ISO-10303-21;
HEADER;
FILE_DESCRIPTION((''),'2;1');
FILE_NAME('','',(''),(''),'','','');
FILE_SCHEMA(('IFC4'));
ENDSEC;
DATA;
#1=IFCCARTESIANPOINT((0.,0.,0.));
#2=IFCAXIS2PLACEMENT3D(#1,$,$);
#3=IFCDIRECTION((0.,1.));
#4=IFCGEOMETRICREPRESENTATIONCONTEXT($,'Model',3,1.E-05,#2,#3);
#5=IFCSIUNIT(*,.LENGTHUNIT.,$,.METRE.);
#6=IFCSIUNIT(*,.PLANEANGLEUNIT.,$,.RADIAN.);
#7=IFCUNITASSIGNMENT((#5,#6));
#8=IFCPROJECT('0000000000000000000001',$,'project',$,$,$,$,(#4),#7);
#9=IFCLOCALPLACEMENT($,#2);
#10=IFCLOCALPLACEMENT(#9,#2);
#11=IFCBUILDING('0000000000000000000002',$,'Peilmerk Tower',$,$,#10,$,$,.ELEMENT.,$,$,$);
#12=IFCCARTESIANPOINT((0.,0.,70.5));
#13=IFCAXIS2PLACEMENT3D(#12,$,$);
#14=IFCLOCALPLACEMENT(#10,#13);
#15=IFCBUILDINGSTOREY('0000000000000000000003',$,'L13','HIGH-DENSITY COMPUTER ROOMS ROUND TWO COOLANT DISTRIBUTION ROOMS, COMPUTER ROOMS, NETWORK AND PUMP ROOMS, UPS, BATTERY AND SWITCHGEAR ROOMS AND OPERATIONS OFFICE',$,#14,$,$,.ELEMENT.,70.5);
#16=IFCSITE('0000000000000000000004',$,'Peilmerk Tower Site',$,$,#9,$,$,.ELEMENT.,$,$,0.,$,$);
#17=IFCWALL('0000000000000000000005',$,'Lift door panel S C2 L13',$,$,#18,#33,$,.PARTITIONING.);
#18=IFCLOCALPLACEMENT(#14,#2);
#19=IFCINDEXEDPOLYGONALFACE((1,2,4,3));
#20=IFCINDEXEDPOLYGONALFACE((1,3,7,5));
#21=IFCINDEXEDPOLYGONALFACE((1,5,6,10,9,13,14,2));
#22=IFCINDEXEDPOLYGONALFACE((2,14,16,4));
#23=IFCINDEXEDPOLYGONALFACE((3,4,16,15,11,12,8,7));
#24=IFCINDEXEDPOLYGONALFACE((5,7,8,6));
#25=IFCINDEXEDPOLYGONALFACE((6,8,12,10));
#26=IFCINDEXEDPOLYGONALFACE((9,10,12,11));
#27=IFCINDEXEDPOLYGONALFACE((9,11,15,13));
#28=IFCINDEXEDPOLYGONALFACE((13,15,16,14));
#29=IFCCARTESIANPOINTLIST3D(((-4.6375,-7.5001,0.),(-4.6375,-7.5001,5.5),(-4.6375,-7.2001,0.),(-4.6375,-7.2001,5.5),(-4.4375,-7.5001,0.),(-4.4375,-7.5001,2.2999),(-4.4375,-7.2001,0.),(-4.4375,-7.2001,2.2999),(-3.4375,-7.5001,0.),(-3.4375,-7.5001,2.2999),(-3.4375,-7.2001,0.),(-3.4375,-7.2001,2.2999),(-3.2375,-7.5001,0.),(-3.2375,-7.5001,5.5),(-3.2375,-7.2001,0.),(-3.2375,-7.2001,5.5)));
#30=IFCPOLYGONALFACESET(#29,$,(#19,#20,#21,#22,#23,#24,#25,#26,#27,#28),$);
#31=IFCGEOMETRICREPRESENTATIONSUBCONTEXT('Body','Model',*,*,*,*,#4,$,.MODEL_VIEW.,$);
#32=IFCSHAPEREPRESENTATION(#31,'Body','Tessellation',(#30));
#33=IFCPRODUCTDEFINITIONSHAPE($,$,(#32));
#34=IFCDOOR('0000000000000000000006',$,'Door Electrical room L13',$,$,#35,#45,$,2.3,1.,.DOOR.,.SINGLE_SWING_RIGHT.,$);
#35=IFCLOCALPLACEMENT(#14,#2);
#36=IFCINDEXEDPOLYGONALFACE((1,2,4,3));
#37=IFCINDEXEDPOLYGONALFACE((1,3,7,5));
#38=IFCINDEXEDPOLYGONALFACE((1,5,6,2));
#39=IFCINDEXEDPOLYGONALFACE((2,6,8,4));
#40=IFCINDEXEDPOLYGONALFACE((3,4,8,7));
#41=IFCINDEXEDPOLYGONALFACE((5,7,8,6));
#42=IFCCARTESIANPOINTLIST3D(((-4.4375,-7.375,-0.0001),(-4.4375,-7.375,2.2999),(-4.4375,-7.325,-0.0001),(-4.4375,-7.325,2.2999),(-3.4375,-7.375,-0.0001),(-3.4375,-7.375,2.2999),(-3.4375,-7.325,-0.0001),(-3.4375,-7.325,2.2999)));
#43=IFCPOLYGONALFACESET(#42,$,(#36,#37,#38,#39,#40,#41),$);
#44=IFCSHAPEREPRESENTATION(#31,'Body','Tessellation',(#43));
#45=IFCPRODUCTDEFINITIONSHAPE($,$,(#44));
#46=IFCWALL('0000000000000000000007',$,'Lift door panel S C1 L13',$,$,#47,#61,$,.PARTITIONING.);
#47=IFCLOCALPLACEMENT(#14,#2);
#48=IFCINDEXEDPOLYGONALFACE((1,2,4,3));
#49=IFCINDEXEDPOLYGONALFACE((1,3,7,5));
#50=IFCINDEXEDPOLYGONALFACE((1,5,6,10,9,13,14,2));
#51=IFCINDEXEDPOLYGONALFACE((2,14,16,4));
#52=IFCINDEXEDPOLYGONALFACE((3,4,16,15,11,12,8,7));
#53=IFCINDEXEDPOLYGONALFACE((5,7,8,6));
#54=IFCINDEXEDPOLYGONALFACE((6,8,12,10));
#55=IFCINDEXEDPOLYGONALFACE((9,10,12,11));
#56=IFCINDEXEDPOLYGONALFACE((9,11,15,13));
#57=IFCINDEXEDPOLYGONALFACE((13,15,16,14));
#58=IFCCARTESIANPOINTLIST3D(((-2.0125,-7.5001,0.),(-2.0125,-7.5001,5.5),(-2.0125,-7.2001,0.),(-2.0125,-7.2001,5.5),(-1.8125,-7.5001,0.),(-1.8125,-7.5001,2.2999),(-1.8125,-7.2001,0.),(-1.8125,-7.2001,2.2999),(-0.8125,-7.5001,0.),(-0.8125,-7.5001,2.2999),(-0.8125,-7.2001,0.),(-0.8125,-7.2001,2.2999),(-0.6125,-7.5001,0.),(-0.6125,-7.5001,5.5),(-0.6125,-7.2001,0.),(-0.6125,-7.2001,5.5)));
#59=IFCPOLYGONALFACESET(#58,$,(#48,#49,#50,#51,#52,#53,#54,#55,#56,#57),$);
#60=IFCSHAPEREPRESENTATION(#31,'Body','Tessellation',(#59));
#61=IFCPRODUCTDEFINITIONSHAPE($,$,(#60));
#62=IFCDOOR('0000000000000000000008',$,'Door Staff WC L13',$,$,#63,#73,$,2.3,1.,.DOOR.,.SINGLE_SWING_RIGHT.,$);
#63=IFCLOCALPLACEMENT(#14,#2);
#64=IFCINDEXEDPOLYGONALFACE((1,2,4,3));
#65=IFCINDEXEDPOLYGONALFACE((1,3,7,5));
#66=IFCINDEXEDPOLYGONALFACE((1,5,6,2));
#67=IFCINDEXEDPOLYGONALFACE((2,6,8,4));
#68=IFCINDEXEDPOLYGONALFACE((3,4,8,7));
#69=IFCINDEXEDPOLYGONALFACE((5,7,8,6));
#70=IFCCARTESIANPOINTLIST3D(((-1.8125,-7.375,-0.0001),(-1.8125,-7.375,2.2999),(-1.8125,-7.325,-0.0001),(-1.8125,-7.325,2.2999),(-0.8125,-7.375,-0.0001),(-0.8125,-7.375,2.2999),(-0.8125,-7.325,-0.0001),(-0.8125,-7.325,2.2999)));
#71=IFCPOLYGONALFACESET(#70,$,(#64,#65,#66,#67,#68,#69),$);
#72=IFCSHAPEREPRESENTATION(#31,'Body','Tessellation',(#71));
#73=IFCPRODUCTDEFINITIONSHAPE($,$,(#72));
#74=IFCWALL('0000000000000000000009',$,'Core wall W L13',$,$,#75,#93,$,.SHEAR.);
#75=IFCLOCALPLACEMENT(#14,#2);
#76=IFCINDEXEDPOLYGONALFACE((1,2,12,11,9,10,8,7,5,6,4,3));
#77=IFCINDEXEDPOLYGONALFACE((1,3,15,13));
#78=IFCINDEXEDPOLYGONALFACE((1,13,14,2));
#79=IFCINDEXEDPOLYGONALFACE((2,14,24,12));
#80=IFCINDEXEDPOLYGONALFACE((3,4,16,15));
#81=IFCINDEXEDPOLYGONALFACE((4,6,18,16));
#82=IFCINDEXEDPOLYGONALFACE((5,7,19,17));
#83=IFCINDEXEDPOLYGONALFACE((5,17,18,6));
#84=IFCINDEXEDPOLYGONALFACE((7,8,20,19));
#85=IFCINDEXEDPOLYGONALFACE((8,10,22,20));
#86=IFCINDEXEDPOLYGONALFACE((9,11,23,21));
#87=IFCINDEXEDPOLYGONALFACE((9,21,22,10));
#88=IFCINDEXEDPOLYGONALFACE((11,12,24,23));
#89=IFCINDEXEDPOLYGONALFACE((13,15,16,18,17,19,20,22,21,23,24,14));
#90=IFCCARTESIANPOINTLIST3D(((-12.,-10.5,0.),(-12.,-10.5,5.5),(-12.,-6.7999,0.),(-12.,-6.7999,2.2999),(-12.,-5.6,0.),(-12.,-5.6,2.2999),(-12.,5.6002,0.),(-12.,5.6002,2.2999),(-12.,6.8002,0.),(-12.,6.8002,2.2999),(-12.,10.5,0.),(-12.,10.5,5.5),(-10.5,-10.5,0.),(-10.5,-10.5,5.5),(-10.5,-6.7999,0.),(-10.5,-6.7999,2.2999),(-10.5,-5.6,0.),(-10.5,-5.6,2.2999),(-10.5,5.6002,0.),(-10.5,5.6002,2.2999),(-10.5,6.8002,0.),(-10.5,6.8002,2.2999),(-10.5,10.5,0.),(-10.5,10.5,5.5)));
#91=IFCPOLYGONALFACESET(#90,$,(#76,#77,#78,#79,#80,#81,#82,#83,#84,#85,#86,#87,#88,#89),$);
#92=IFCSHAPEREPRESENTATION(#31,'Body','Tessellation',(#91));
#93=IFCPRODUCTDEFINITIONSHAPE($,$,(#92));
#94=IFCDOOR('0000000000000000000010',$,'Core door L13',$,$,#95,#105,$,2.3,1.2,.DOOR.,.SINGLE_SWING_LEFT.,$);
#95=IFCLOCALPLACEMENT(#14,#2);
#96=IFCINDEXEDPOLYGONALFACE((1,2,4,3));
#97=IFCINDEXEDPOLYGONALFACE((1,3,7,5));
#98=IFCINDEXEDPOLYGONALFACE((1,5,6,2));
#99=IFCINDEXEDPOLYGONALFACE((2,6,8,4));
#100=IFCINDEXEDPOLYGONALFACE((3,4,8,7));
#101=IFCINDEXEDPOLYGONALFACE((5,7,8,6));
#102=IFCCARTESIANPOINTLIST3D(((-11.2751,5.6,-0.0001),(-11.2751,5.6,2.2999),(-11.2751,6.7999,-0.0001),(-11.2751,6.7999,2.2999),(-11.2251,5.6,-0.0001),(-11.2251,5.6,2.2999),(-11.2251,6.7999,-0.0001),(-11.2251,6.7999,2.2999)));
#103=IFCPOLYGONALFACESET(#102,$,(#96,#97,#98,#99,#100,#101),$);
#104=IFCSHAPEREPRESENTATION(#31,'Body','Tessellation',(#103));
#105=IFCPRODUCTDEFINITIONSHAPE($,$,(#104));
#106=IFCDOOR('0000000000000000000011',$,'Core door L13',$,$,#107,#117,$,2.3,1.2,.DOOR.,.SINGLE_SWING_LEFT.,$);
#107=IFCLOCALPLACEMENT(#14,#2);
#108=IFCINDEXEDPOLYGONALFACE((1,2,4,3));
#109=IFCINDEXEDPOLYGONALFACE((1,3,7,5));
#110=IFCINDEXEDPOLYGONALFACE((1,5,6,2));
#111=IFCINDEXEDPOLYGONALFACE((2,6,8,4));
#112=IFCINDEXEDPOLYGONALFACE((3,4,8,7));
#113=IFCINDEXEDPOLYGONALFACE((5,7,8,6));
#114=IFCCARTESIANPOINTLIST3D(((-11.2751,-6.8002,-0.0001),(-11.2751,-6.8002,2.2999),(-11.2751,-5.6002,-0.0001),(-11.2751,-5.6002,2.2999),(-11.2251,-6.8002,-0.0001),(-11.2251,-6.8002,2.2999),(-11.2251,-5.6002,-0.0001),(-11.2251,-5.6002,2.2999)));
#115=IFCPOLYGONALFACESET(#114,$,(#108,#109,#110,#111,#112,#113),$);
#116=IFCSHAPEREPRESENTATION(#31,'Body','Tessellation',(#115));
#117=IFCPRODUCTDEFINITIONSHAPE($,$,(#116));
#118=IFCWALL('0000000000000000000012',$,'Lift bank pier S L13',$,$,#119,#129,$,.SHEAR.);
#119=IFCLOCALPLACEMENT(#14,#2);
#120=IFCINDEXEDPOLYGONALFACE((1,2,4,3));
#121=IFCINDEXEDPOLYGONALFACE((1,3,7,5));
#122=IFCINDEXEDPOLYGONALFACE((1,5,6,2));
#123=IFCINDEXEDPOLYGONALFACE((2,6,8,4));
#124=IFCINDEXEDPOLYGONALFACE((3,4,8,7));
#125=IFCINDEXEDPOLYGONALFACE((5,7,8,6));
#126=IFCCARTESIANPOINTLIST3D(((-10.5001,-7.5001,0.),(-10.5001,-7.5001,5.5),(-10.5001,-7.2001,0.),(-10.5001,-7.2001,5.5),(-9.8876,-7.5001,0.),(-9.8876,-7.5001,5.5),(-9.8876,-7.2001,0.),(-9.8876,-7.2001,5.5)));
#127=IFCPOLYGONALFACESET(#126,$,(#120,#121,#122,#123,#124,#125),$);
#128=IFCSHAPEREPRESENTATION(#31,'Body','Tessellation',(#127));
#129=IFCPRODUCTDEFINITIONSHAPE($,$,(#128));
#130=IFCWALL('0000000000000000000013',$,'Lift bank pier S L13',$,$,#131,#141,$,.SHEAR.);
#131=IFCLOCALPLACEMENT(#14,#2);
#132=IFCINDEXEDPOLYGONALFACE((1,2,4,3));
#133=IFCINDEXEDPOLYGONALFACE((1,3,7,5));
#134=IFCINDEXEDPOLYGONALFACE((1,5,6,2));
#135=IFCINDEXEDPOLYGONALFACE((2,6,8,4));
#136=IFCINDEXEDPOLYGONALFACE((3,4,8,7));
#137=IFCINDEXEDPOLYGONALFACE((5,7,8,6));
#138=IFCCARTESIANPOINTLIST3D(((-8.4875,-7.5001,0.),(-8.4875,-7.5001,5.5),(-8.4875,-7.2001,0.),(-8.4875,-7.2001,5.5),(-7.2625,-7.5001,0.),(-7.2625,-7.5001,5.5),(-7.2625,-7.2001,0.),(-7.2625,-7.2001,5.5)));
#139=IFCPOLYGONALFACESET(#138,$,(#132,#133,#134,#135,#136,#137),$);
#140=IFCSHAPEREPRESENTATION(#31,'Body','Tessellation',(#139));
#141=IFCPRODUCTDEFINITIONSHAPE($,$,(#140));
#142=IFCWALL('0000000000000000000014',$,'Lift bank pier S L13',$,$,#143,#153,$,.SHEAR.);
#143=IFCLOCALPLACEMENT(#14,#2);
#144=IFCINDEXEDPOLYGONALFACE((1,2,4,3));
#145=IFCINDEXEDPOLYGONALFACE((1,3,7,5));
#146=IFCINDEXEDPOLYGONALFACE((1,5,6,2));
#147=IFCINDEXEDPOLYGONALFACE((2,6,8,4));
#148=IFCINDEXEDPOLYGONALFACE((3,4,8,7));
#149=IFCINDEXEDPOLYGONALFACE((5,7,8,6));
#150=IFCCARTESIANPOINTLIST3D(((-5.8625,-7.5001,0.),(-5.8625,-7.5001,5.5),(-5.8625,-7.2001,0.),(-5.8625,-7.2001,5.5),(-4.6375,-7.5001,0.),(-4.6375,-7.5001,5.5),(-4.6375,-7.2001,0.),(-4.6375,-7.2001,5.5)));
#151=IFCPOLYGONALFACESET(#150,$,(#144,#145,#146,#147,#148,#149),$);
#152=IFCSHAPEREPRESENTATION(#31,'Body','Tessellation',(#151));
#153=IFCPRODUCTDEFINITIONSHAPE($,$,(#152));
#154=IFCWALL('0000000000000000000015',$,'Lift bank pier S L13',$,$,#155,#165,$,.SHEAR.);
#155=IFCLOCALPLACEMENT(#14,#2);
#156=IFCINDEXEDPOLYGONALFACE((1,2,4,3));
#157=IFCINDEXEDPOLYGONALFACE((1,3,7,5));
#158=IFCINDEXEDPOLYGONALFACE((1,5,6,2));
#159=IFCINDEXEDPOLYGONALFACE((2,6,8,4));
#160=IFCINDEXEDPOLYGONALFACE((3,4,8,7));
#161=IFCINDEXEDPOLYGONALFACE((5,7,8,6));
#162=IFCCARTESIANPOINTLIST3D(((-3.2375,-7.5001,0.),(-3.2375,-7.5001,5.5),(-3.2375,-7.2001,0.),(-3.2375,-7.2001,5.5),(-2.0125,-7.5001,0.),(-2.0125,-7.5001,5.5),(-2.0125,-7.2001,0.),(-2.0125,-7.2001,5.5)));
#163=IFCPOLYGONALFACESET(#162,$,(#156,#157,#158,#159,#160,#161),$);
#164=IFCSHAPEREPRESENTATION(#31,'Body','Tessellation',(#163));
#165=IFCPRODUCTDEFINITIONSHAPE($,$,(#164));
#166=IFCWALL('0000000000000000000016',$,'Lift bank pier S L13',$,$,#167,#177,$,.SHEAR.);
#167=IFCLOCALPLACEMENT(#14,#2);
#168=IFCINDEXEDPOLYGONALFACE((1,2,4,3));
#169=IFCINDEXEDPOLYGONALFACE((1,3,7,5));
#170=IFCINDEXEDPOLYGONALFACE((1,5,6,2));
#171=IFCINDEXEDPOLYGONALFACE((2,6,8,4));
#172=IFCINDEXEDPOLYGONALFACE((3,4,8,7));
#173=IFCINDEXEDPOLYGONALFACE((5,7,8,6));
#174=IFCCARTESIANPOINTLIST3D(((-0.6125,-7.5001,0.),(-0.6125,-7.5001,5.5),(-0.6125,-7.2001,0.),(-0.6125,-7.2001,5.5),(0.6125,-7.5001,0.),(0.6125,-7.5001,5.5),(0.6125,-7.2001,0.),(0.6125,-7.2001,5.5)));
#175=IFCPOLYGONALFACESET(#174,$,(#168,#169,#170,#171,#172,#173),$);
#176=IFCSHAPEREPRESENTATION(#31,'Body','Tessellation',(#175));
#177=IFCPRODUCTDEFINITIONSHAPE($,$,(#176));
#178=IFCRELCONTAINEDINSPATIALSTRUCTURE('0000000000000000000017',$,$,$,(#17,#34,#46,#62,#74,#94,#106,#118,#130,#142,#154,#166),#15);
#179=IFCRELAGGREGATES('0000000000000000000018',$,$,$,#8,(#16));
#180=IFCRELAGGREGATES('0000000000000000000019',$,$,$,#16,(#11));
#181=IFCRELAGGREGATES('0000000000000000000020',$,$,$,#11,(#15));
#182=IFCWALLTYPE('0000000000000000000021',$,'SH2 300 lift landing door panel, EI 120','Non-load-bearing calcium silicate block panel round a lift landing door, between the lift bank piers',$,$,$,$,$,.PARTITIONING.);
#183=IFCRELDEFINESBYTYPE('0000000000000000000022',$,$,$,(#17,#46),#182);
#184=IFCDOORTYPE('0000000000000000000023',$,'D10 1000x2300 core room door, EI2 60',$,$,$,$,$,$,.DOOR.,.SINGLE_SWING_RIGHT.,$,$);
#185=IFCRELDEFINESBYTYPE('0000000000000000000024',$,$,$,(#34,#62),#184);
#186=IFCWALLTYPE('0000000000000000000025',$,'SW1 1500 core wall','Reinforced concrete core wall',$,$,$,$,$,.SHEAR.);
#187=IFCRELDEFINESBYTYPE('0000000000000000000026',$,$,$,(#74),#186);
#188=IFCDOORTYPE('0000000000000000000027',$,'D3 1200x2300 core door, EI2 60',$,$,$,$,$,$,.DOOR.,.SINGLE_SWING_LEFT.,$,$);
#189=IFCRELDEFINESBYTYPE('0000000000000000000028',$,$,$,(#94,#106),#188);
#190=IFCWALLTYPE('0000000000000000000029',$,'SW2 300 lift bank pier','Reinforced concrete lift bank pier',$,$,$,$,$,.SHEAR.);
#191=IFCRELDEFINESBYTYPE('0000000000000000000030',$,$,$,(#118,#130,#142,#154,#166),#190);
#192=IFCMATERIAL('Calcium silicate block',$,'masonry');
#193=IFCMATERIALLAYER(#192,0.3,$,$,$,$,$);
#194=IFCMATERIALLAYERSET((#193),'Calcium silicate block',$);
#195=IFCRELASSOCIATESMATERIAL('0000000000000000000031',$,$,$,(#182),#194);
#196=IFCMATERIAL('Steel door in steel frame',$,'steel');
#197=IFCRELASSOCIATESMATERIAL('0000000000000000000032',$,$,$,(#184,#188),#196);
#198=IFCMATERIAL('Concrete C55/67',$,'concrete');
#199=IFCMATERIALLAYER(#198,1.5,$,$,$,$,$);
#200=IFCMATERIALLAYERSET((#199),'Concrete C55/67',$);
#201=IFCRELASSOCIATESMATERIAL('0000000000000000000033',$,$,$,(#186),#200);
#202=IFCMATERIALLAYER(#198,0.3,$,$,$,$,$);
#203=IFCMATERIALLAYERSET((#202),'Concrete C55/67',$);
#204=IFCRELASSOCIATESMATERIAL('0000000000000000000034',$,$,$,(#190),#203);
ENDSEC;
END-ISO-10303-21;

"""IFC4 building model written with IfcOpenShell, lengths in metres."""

from ifc_helpers import new_model, si_unit, direction, frame, frame_2d, origin, place, context, subcontext, project, spatial, rectangle, extrude, material, layer, layer_set, type_object, element, fill, save


model = new_model("IFC4")

# Units and contexts
model_context = context("Model", 3, precision=1e-05, world=origin(), true_north=direction((0.0, 1.0)))
body_context = subcontext(model_context, "Body", "Model", "MODEL_VIEW")
ifc_project = project(units=[si_unit("LENGTHUNIT", "METRE"), si_unit("PLANEANGLEUNIT", "RADIAN")], contexts=[model_context])

# Site, building, storey
site_placement = place(None, origin())
site = spatial("IfcSite", under=ifc_project, at=site_placement, Name="Peilmerk Tower Site", CompositionType="ELEMENT", RefElevation=0.0)
building_placement = place(site_placement, origin())
building = spatial("IfcBuilding", under=site, at=building_placement, Name="Peilmerk Tower", CompositionType="ELEMENT")
storey_placement = place(building_placement, frame((0.0, 0.0, 70.5)))
storey = spatial("IfcBuildingStorey", under=building, at=storey_placement, Name="L13", Description="HIGH-DENSITY COMPUTER ROOMS ROUND TWO COOLANT DISTRIBUTION ROOMS, COMPUTER ROOMS, NETWORK AND PUMP ROOMS, UPS, BATTERY AND SWITCHGEAR ROOMS AND OPERATIONS OFFICE", CompositionType="ELEMENT", Elevation=70.5)

# Shared definitions
ifc_material_1 = material(Name="Calcium silicate block", Category="masonry")
ifc_layer_1 = layer(ifc_material_1, 0.3)
ifc_layer_set_1 = layer_set([ifc_layer_1], Name="Calcium silicate block")
wall_type_1 = type_object("IfcWallType", Name="SH2 300 lift landing door panel, EI 120", Description="Non-load-bearing calcium silicate block panel round a lift landing door, between the lift bank piers", PredefinedType="PARTITIONING", material=ifc_layer_set_1)

# Walls, openings, doors
ifc_material_2 = material(Name="Steel door in steel frame", Category="steel")
door_type_1 = type_object("IfcDoorType", Name="D10 1000x2300 core room door, EI2 60", OperationType="SINGLE_SWING_RIGHT", PredefinedType="DOOR", material=ifc_material_2)
wall_1_placement = place(storey_placement, frame((-4.6375, -7.3501, 0.0), z_axis=(0.0, 0.0, 1.0), x_axis=(1.0, 0.0, 0.0)))
wall_1 = element("IfcWall", 1, at=wall_1_placement, inside=storey, type_object=wall_type_1, Name="Lift door panel S C2 L13", PredefinedType="PARTITIONING", context=body_context, shape_type="SweptSolid", body=[
    extrude(rectangle(XDim=1.3999, YDim=0.3, at=frame_2d((0.7, 0.0))), origin(), (0.0, 0.0, 1.0), 5.5),
])
opening_1_placement = place(wall_1_placement, frame((0.2, 0.0, 0.0)))
opening_1 = element("IfcOpeningElement", 2, at=opening_1_placement, cuts=wall_1, PredefinedType="OPENING", context=body_context, shape_type="SweptSolid", body=[
    extrude(rectangle(XDim=1.0, YDim=2.3, at=frame_2d((0.5, 1.1499))), frame((0.0, 0.1599, 0.0), z_axis=(0.0, -1.0, 0.0), x_axis=(1.0, 0.0, 0.0)), (0.0, 0.0, 1.0), 0.3201),
])
door_1_placement = place(opening_1_placement, frame((1.0, 0.0, 0.0), z_axis=(0.0, 0.0, 1.0), x_axis=(-1.0, 0.0, 0.0)))
door_1 = element("IfcDoor", 3, at=door_1_placement, inside=storey, type_object=door_type_1, Name="Door Electrical room L13", OperationType="SINGLE_SWING_RIGHT", OverallHeight=2.3, OverallWidth=1.0, PredefinedType="DOOR", context=body_context, shape_type="SweptSolid", body=[
    extrude(rectangle(XDim=1.0, YDim=2.3, at=frame_2d((0.5, 1.1499))), frame((0.0, 0.0249, 0.0), z_axis=(0.0, -1.0, 0.0), x_axis=(1.0, 0.0, 0.0)), (0.0, 0.0, 1.0), 0.05),
])
fill(opening_1, door_1)
wall_2_placement = place(storey_placement, frame((-2.0125, -7.3501, 0.0), z_axis=(0.0, 0.0, 1.0), x_axis=(1.0, 0.0, 0.0)))
wall_2 = element("IfcWall", 4, at=wall_2_placement, inside=storey, type_object=wall_type_1, Name="Lift door panel S C1 L13", PredefinedType="PARTITIONING", context=body_context, shape_type="SweptSolid", body=[
    extrude(rectangle(XDim=1.3999, YDim=0.3, at=frame_2d((0.7, 0.0))), origin(), (0.0, 0.0, 1.0), 5.5),
])
opening_2_placement = place(wall_2_placement, frame((0.2, 0.0, 0.0)))
opening_2 = element("IfcOpeningElement", 5, at=opening_2_placement, cuts=wall_2, PredefinedType="OPENING", context=body_context, shape_type="SweptSolid", body=[
    extrude(rectangle(XDim=1.0, YDim=2.3, at=frame_2d((0.5, 1.1499))), frame((0.0, 0.1599, 0.0), z_axis=(0.0, -1.0, 0.0), x_axis=(1.0, 0.0, 0.0)), (0.0, 0.0, 1.0), 0.3201),
])
door_2_placement = place(opening_2_placement, frame((1.0, 0.0, 0.0), z_axis=(0.0, 0.0, 1.0), x_axis=(-1.0, 0.0, 0.0)))
door_2 = element("IfcDoor", 6, at=door_2_placement, inside=storey, type_object=door_type_1, Name="Door Staff WC L13", OperationType="SINGLE_SWING_RIGHT", OverallHeight=2.3, OverallWidth=1.0, PredefinedType="DOOR", context=body_context, shape_type="SweptSolid", body=[
    extrude(rectangle(XDim=1.0, YDim=2.3, at=frame_2d((0.5, 1.1499))), frame((0.0, 0.0249, 0.0), z_axis=(0.0, -1.0, 0.0), x_axis=(1.0, 0.0, 0.0)), (0.0, 0.0, 1.0), 0.05),
])
fill(opening_2, door_2)

# Wall, openings, doors
ifc_material_3 = material(Name="Concrete C55/67", Category="concrete")
ifc_layer_2 = layer(ifc_material_3, 1.5)
ifc_layer_set_2 = layer_set([ifc_layer_2], Name="Concrete C55/67")
wall_type_2 = type_object("IfcWallType", Name="SW1 1500 core wall", Description="Reinforced concrete core wall", PredefinedType="SHEAR", material=ifc_layer_set_2)
wall_3_placement = place(storey_placement, frame((-11.25, -10.5, 0.0), z_axis=(0.0, 0.0, 1.0), x_axis=(0.0, 1.0, 0.0)))
wall_3 = element("IfcWall", 7, at=wall_3_placement, inside=storey, type_object=wall_type_2, Name="Core wall W L13", PredefinedType="SHEAR", context=body_context, shape_type="SweptSolid", body=[
    extrude(rectangle(XDim=21.0, YDim=1.5, at=frame_2d((10.5, 0.0))), origin(), (0.0, 0.0, 1.0), 5.5),
])
opening_3_placement = place(wall_3_placement, frame((16.1001, 0.0, 0.0)))
opening_3 = element("IfcOpeningElement", 8, at=opening_3_placement, cuts=wall_3, PredefinedType="OPENING", context=body_context, shape_type="SweptSolid", body=[
    extrude(rectangle(XDim=1.2, YDim=2.3, at=frame_2d((0.6001, 1.1499))), frame((0.0, 0.76, 0.0), z_axis=(0.0, -1.0, 0.0), x_axis=(1.0, 0.0, 0.0)), (0.0, 0.0, 1.0), 1.52),
])
opening_4_placement = place(wall_3_placement, frame((3.7, 0.0, 0.0)))
opening_4 = element("IfcOpeningElement", 9, at=opening_4_placement, cuts=wall_3, PredefinedType="OPENING", context=body_context, shape_type="SweptSolid", body=[
    extrude(rectangle(XDim=1.2, YDim=2.3, at=frame_2d((0.6001, 1.1499))), frame((0.0, 0.76, 0.0), z_axis=(0.0, -1.0, 0.0), x_axis=(1.0, 0.0, 0.0)), (0.0, 0.0, 1.0), 1.52),
])
door_type_2 = type_object("IfcDoorType", Name="D3 1200x2300 core door, EI2 60", OperationType="SINGLE_SWING_LEFT", PredefinedType="DOOR", material=ifc_material_2)
door_3_placement = place(opening_3_placement, frame((1.2, 0.0, 0.0), z_axis=(0.0, 0.0, 1.0), x_axis=(-1.0, 0.0, 0.0)))
door_3 = element("IfcDoor", 10, at=door_3_placement, inside=storey, type_object=door_type_2, Name="Core door L13", OperationType="SINGLE_SWING_LEFT", OverallHeight=2.3, OverallWidth=1.2, PredefinedType="DOOR", context=body_context, shape_type="SweptSolid", body=[
    extrude(rectangle(XDim=1.2, YDim=2.3, at=frame_2d((0.6001, 1.1499))), frame((0.0, 0.0249, 0.0), z_axis=(0.0, -1.0, 0.0), x_axis=(1.0, 0.0, 0.0)), (0.0, 0.0, 1.0), 0.05),
])
fill(opening_3, door_3)
door_4_placement = place(opening_4_placement, frame((1.2, 0.0, 0.0), z_axis=(0.0, 0.0, 1.0), x_axis=(-1.0, 0.0, 0.0)))
door_4 = element("IfcDoor", 11, at=door_4_placement, inside=storey, type_object=door_type_2, Name="Core door L13", OperationType="SINGLE_SWING_LEFT", OverallHeight=2.3, OverallWidth=1.2, PredefinedType="DOOR", context=body_context, shape_type="SweptSolid", body=[
    extrude(rectangle(XDim=1.2, YDim=2.3, at=frame_2d((0.6001, 1.1499))), frame((0.0, 0.0249, 0.0), z_axis=(0.0, -1.0, 0.0), x_axis=(1.0, 0.0, 0.0)), (0.0, 0.0, 1.0), 0.05),
])
fill(opening_4, door_4)

# Walls
ifc_layer_3 = layer(ifc_material_3, 0.3)
ifc_layer_set_3 = layer_set([ifc_layer_3], Name="Concrete C55/67")
wall_type_3 = type_object("IfcWallType", Name="SW2 300 lift bank pier", Description="Reinforced concrete lift bank pier", PredefinedType="SHEAR", material=ifc_layer_set_3)
wall_4_placement = place(storey_placement, frame((-10.5, -7.3501, 0.0), z_axis=(0.0, 0.0, 1.0), x_axis=(1.0, 0.0, 0.0)))
element("IfcWall", 12, at=wall_4_placement, inside=storey, type_object=wall_type_3, Name="Lift bank pier S L13", PredefinedType="SHEAR", context=body_context, shape_type="SweptSolid", body=[
    extrude(rectangle(XDim=0.6125, YDim=0.3, at=frame_2d((0.3062, 0.0))), origin(), (0.0, 0.0, 1.0), 5.5),
])
for number, where, z_axis, x_axis, name in (
    (13, (-8.4875, -7.3501, 0.0), (0.0, 0.0, 1.0), (1.0, 0.0, 0.0), "Lift bank pier S L13"),
    (14, (-5.8625, -7.3501, 0.0), (0.0, 0.0, 1.0), (1.0, 0.0, 0.0), "Lift bank pier S L13"),
    (15, (-3.2375, -7.3501, 0.0), (0.0, 0.0, 1.0), (1.0, 0.0, 0.0), "Lift bank pier S L13"),
    (16, (-0.6125, -7.3501, 0.0), (0.0, 0.0, 1.0), (1.0, 0.0, 0.0), "Lift bank pier S L13"),
):
    element("IfcWall", number, at=place(storey_placement, frame(where, z_axis=z_axis, x_axis=x_axis)), inside=storey, type_object=wall_type_3, Name=name, PredefinedType="SHEAR", context=body_context, shape_type="SweptSolid", body=[
        extrude(rectangle(XDim=1.2251, YDim=0.3, at=frame_2d((0.6125, 0.0))), origin(), (0.0, 0.0, 1.0), 5.5),
    ])

save(model, "model.ifc")
